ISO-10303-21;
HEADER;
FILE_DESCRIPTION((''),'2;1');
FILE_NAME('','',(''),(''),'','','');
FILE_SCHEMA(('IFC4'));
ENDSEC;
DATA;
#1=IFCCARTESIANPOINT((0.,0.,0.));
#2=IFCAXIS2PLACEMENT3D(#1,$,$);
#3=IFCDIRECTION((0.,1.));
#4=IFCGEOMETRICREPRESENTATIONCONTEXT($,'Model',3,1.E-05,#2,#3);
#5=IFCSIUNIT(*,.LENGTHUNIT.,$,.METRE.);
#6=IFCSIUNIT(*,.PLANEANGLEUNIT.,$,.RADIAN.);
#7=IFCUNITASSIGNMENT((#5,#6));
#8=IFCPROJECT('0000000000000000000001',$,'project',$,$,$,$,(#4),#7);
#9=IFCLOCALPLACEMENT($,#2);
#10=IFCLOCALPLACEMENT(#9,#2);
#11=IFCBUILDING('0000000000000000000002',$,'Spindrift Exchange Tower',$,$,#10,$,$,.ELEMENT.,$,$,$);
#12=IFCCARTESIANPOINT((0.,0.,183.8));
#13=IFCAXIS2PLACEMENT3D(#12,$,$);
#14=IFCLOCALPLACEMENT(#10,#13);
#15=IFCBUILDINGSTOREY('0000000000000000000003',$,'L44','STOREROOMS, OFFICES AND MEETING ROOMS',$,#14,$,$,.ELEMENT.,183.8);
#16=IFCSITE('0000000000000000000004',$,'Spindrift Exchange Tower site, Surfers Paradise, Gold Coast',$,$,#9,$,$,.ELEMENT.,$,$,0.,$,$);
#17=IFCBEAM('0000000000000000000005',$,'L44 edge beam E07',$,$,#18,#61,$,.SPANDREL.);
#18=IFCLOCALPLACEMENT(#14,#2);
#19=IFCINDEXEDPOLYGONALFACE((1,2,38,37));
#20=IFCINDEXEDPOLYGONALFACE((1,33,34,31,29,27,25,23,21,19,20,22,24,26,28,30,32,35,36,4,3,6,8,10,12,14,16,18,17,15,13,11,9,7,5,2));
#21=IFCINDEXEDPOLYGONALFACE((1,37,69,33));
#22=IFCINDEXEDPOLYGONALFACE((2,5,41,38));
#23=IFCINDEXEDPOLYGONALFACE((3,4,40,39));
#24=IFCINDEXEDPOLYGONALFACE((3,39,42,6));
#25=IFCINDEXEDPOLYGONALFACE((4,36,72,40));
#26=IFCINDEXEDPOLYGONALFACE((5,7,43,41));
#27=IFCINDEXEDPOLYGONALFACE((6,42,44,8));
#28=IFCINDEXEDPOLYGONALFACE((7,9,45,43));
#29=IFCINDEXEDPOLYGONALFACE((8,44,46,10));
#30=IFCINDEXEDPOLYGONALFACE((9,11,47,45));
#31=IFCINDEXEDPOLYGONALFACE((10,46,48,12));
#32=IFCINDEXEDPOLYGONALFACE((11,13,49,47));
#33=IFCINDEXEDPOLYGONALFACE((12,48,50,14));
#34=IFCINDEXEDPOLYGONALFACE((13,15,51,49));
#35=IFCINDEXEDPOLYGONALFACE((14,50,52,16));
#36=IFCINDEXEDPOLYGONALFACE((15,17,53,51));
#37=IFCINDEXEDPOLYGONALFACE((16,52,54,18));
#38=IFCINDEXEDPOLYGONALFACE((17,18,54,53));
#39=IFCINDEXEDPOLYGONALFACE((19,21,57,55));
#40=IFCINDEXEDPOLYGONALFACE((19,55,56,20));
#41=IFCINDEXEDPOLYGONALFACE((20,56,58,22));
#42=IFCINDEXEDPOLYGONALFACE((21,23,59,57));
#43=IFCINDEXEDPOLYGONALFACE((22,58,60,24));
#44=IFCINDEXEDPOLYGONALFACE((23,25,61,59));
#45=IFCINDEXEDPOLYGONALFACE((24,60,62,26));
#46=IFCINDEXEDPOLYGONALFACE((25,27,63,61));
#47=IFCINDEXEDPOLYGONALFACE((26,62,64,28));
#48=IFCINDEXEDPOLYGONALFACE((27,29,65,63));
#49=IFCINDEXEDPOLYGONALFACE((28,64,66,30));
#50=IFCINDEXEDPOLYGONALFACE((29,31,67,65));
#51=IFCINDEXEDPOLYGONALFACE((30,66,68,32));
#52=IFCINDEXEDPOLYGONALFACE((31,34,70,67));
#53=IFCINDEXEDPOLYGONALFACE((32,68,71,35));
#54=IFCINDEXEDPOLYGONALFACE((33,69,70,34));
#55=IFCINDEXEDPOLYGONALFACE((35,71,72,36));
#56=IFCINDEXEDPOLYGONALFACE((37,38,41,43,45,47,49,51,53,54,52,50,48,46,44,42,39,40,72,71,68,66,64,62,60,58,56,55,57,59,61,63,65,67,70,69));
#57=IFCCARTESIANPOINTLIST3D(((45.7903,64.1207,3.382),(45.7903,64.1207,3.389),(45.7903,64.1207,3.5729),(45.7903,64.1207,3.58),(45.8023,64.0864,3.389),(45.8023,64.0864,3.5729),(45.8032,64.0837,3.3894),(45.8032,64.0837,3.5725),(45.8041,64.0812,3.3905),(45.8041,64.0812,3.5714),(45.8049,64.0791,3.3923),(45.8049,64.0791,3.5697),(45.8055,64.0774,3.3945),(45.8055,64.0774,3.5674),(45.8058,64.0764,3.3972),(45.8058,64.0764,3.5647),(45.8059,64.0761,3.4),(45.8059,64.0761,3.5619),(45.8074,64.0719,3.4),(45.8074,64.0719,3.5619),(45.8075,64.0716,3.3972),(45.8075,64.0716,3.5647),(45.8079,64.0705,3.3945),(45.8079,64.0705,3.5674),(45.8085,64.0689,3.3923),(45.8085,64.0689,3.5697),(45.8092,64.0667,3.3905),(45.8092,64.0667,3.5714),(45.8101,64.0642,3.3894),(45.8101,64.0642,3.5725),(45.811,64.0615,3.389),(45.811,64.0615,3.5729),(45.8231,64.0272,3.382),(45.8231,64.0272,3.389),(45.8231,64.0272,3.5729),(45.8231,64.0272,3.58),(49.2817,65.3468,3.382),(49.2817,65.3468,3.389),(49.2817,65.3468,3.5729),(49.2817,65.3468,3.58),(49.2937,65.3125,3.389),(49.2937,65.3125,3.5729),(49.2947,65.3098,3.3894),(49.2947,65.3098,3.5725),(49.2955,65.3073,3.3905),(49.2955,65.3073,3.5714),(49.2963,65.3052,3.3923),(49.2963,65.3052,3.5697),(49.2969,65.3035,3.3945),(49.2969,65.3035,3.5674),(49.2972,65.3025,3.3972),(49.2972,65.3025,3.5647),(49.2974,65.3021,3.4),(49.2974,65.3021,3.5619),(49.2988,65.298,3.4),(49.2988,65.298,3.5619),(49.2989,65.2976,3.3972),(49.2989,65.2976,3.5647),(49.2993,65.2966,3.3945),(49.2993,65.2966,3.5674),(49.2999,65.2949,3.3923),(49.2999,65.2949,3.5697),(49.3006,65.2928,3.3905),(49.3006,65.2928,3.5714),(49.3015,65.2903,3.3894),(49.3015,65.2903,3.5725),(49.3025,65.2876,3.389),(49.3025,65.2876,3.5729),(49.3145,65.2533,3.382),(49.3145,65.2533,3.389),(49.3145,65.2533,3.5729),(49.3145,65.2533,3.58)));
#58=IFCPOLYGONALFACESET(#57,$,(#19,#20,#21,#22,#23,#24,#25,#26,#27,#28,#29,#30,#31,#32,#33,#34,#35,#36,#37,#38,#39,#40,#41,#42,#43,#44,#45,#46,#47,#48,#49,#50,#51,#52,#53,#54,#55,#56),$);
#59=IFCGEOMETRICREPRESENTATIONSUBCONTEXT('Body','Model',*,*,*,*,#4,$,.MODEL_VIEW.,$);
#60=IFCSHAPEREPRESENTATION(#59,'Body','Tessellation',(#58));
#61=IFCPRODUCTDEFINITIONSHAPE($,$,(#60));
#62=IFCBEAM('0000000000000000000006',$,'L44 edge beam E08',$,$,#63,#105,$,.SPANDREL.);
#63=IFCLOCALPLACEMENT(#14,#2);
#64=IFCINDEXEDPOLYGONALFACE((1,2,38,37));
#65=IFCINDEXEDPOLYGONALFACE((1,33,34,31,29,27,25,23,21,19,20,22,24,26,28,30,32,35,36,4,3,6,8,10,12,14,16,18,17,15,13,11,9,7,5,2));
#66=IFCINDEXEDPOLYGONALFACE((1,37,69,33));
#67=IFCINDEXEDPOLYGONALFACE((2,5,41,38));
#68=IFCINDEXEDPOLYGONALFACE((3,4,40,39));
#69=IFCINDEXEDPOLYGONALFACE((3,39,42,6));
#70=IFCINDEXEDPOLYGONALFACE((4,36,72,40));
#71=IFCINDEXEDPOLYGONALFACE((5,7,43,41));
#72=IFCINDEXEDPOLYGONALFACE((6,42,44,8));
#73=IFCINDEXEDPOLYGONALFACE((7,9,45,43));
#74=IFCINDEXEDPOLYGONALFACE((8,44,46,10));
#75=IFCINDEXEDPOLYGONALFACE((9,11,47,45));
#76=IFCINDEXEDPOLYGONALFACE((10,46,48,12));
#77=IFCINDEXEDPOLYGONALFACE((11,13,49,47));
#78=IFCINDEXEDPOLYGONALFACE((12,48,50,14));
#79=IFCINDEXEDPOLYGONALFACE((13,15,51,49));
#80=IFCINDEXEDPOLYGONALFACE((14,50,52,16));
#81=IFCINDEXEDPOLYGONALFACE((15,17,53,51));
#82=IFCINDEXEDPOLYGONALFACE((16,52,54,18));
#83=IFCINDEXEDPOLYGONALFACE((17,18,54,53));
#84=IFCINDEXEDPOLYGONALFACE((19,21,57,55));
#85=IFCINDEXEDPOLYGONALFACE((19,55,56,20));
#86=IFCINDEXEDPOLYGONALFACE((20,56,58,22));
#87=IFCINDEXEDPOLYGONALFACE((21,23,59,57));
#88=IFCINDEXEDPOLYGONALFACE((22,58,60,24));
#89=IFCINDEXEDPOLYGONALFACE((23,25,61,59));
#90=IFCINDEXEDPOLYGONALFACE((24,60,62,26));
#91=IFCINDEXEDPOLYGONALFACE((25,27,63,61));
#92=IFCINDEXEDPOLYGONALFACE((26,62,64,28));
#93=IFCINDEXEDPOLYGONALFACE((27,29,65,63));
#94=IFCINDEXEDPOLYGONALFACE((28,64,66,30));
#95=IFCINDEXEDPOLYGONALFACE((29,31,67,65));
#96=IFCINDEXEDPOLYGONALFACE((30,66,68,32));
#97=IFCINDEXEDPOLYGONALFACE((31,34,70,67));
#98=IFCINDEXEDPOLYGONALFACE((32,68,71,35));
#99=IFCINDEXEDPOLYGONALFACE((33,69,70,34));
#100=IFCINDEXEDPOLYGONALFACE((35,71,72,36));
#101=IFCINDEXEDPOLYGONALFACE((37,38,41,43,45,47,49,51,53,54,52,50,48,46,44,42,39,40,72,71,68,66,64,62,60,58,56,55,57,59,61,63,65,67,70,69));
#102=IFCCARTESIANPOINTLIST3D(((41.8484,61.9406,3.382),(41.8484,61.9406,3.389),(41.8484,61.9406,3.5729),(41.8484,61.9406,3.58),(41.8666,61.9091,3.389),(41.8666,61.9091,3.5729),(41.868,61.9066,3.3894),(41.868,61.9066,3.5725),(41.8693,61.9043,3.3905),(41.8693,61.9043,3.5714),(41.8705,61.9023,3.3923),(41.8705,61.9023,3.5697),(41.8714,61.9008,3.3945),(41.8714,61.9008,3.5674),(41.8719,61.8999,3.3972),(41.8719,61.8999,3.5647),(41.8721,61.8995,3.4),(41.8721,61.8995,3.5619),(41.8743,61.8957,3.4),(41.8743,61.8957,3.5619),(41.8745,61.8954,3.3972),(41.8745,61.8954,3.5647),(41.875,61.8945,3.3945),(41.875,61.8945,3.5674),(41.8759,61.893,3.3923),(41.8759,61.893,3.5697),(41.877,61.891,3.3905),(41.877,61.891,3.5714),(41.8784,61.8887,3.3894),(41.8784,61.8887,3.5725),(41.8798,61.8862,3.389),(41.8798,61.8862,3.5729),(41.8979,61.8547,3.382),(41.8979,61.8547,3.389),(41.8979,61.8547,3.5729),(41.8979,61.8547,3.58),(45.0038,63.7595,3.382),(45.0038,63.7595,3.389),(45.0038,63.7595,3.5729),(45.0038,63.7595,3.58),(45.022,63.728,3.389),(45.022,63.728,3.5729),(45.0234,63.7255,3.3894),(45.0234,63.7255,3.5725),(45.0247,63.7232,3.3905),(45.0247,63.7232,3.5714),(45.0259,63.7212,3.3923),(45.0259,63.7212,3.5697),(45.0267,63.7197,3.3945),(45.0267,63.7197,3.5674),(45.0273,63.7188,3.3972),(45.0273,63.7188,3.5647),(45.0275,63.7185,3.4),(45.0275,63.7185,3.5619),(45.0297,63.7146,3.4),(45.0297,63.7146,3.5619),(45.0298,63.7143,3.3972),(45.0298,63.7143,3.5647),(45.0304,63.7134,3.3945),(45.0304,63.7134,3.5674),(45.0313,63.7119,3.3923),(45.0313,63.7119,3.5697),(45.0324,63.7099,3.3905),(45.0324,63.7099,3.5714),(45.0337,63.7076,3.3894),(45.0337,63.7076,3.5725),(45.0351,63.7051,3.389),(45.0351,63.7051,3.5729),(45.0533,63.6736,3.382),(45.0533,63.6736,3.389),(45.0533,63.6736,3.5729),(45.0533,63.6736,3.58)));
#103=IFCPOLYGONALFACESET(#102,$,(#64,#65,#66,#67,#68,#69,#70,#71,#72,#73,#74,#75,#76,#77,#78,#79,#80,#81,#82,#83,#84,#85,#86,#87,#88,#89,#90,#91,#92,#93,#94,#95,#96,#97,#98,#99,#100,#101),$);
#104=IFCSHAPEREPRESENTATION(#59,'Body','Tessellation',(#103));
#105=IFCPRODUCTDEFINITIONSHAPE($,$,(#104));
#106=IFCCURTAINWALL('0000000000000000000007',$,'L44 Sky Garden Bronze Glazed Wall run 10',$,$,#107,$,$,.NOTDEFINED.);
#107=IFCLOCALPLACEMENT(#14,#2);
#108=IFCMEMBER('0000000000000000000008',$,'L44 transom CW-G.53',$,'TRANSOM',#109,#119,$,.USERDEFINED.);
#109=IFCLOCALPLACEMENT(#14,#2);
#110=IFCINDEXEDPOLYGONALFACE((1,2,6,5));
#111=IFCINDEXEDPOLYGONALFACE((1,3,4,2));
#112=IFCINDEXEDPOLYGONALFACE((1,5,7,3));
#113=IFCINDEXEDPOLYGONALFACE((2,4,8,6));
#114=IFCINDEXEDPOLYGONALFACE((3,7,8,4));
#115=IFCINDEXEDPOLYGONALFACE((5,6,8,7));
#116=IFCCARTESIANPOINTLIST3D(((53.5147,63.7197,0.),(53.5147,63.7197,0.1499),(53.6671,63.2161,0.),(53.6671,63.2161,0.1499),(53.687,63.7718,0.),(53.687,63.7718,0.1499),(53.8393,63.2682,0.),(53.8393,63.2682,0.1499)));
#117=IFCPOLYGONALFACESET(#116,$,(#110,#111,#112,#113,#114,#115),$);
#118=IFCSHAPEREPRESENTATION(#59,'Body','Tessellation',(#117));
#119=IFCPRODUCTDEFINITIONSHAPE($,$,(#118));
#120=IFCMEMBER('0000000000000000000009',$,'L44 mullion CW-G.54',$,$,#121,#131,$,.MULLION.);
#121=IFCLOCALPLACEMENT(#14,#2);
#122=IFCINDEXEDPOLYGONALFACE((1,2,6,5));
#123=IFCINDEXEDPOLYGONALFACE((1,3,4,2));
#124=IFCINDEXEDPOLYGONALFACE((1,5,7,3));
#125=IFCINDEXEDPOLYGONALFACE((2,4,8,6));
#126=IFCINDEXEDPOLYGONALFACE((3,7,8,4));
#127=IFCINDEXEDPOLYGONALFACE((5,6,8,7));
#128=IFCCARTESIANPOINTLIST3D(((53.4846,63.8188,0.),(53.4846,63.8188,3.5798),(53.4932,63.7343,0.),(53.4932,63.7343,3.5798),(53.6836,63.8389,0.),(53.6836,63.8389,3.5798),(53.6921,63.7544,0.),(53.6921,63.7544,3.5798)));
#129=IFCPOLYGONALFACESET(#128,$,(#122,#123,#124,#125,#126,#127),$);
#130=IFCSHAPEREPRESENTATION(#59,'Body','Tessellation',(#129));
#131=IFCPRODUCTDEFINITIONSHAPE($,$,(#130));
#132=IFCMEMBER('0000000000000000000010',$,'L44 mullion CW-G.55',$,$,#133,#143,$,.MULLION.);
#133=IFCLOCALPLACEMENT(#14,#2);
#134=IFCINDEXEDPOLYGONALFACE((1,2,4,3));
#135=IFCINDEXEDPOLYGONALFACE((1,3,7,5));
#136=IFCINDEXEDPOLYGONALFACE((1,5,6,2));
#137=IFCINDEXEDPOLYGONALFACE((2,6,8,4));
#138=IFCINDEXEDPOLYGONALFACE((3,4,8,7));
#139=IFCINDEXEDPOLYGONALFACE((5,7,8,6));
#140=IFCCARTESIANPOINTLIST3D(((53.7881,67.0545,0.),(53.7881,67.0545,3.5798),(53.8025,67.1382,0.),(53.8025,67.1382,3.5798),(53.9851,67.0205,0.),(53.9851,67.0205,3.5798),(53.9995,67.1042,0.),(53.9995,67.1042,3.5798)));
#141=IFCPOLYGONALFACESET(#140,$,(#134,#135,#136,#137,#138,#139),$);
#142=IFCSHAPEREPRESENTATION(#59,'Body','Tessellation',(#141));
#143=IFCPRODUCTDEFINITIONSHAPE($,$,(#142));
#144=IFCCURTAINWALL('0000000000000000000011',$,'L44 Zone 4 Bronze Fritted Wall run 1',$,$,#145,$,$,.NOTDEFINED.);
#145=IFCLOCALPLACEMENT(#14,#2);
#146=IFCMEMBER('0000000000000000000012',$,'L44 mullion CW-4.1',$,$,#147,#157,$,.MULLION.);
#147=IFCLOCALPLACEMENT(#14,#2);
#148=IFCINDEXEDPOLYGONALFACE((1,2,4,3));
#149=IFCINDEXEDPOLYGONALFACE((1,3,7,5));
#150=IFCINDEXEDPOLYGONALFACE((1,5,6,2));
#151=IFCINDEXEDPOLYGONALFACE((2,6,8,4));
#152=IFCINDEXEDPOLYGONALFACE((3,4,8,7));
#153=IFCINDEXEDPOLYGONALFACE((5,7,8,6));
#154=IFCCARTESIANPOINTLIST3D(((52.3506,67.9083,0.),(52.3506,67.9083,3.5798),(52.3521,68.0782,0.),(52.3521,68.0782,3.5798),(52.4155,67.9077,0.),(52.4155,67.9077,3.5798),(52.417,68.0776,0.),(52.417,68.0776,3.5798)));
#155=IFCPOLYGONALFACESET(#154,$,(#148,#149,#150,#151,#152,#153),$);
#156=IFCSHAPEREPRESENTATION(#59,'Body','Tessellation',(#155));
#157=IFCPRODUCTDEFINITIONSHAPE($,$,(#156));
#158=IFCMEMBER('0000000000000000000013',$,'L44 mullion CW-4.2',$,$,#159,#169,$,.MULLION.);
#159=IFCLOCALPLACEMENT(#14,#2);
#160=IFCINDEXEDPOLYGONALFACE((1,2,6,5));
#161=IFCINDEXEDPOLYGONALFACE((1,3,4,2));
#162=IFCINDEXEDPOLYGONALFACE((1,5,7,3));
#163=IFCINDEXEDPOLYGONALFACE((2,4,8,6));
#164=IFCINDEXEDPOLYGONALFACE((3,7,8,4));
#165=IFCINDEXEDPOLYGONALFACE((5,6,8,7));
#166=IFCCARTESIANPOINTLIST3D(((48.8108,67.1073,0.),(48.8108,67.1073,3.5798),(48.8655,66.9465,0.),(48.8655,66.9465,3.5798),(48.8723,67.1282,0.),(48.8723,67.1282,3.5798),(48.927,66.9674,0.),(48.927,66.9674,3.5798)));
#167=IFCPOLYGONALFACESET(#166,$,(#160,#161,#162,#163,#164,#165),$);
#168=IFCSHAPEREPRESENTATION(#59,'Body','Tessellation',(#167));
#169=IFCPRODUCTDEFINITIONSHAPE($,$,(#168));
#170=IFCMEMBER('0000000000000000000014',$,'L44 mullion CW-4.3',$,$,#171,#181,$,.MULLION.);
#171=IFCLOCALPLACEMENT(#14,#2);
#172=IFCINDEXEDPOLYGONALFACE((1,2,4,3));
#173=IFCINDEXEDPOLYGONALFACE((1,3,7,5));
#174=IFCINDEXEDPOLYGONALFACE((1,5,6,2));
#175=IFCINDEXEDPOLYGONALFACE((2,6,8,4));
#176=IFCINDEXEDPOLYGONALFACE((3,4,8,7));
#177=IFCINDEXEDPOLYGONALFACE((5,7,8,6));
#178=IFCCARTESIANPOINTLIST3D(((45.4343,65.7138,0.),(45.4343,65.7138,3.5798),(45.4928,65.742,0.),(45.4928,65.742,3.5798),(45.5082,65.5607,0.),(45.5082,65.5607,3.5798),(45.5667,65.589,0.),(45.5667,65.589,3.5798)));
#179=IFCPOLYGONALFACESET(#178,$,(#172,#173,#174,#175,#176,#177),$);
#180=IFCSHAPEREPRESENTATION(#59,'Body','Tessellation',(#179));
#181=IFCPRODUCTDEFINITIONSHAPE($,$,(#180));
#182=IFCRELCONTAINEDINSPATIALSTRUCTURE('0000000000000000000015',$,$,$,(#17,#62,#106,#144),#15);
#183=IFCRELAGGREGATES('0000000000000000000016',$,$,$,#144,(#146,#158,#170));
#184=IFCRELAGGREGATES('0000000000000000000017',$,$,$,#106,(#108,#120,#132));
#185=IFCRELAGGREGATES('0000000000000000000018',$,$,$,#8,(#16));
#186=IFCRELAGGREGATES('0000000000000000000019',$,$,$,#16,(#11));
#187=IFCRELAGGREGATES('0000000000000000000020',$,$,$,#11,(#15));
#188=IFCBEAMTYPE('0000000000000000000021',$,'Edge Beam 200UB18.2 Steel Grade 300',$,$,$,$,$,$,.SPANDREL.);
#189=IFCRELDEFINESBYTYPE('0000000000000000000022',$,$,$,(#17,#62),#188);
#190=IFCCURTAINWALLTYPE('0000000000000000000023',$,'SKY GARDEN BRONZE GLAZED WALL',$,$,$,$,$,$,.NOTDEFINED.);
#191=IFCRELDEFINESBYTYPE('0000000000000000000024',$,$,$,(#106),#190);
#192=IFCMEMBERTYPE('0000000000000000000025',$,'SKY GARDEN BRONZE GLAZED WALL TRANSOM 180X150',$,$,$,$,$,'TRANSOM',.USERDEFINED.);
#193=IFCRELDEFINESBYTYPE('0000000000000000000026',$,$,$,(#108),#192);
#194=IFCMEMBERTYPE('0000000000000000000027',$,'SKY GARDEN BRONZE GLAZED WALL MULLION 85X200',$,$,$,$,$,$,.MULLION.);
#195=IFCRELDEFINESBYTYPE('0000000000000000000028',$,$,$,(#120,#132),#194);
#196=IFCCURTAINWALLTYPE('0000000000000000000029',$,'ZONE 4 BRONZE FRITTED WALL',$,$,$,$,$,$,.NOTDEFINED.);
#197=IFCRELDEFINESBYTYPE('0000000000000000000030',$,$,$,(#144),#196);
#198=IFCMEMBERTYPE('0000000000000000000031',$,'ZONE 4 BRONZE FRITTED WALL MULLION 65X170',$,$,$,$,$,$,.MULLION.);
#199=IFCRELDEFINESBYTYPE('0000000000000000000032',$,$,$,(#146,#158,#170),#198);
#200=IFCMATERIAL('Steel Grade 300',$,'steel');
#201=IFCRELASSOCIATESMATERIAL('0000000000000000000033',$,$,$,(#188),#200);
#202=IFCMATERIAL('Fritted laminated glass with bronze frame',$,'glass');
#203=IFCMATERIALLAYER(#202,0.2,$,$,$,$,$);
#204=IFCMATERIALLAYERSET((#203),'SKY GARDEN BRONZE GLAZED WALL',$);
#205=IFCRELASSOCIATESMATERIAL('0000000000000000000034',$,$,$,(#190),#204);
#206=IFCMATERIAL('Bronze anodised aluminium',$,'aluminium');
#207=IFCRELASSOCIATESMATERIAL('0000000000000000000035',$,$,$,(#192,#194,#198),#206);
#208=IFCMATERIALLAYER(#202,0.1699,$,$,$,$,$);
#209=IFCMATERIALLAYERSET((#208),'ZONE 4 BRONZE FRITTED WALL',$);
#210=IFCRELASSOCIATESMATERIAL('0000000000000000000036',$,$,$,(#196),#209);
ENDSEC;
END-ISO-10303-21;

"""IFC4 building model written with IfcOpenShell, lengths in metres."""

from ifc_helpers import new_model, si_unit, direction, frame, origin, origin_2d, place, context, subcontext, project, spatial, rectangle, i_section, extrude, source, transform, mapped, material, layer, layer_set, material_profile, profile_set, type_object, element, aggregate, save


model = new_model("IFC4")

# Units and contexts
model_context = context("Model", 3, precision=1e-05, world=origin(), true_north=direction((0.0, 1.0)))
body_context = subcontext(model_context, "Body", "Model", "MODEL_VIEW")
ifc_project = project(units=[si_unit("LENGTHUNIT", "METRE"), si_unit("PLANEANGLEUNIT", "RADIAN")], contexts=[model_context])

# Site, building, storey
site_placement = place(None, origin())
site = spatial("IfcSite", under=ifc_project, at=site_placement, Name="Spindrift Exchange Tower site, Surfers Paradise, Gold Coast", CompositionType="ELEMENT", RefElevation=0.0)
building_placement = place(site_placement, origin())
building = spatial("IfcBuilding", under=site, at=building_placement, Name="Spindrift Exchange Tower", CompositionType="ELEMENT")
storey_placement = place(building_placement, frame((0.0, 0.0, 183.8)))
storey = spatial("IfcBuildingStorey", under=building, at=storey_placement, Name="L44", Description="STOREROOMS, OFFICES AND MEETING ROOMS", CompositionType="ELEMENT", Elevation=183.8)

# Beams
ifc_material_1 = material(Name="Steel Grade 300", Category="steel")
ifc_material_profile_1 = material_profile(ifc_material_1, i_section(OverallWidth=0.0991, OverallDepth=0.198, WebThickness=0.0044, FlangeThickness=0.0071, FilletRadius=0.011, at=origin_2d()), Name="200UB18.2")
ifc_profile_set_1 = profile_set([ifc_material_profile_1], Name="Steel Grade 300")
beam_type_1 = type_object("IfcBeamType", Name="Edge Beam 200UB18.2 Steel Grade 300", PredefinedType="SPANDREL", material=ifc_profile_set_1)
shared_shape_1 = source(origin(), body_context, "Body", "SweptSolid", [
    extrude(i_section(OverallWidth=0.0991, OverallDepth=0.198, WebThickness=0.0044, FlangeThickness=0.0071, FilletRadius=0.011, at=origin_2d()), origin(), (0.0, 0.0, 1.0), 3.7004),
])
beam_1_placement = place(storey_placement, frame((49.2981, 65.3, 3.481), z_axis=(-0.943515, -0.331329, 0.0), x_axis=(0.331329, -0.943515, 0.0)))
element("IfcBeam", 1, at=beam_1_placement, inside=storey, type_object=beam_type_1, Name="L44 edge beam E07", PredefinedType="SPANDREL", context=body_context, shape_type="MappedRepresentation", body=[
    mapped(shared_shape_1, transform((0.0, 0.0, 0.0), scale=1.0)),
])
shared_shape_2 = source(origin(), body_context, "Body", "SweptSolid", [
    extrude(i_section(OverallWidth=0.0991, OverallDepth=0.198, WebThickness=0.0044, FlangeThickness=0.0071, FilletRadius=0.011, at=origin_2d()), origin(), (0.0, 0.0, 1.0), 3.6421),
])
beam_2_placement = place(storey_placement, frame((45.0286, 63.7166, 3.481), z_axis=(-0.866364, -0.499413, 0.0), x_axis=(0.499413, -0.866364, 0.0)))
element("IfcBeam", 2, at=beam_2_placement, inside=storey, type_object=beam_type_1, Name="L44 edge beam E08", PredefinedType="SPANDREL", context=body_context, shape_type="MappedRepresentation", body=[
    mapped(shared_shape_2, transform((0.0, 0.0, 0.0), scale=1.0)),
])

# Curtain walls, members
ifc_material_2 = material(Name="Fritted laminated glass with bronze frame", Category="glass")
ifc_layer_1 = layer(ifc_material_2, 0.2)
ifc_layer_set_1 = layer_set([ifc_layer_1], Name="SKY GARDEN BRONZE GLAZED WALL")
curtain_wall_type_1 = type_object("IfcCurtainWallType", Name="SKY GARDEN BRONZE GLAZED WALL", PredefinedType="NOTDEFINED", material=ifc_layer_set_1)
curtain_wall_1_placement = place(storey_placement, origin())
curtain_wall_1 = element("IfcCurtainWall", 3, at=curtain_wall_1_placement, inside=storey, type_object=curtain_wall_type_1, Name="L44 Sky Garden Bronze Glazed Wall run 10", PredefinedType="NOTDEFINED")
ifc_material_3 = material(Name="Bronze anodised aluminium", Category="aluminium")
ifc_material_profile_2 = material_profile(ifc_material_3, rectangle(XDim=0.1799, YDim=0.1499, at=origin_2d()), Name="SKY GARDEN BRONZE GLAZED WALL TRANSOM 180X150")
ifc_profile_set_2 = profile_set([ifc_material_profile_2], Name="Bronze anodised aluminium")
member_type_1 = type_object("IfcMemberType", Name="SKY GARDEN BRONZE GLAZED WALL TRANSOM 180X150", ElementType="TRANSOM", PredefinedType="USERDEFINED", material=ifc_profile_set_2)
shared_shape_3 = source(origin(), body_context, "Body", "SweptSolid", [
    extrude(rectangle(XDim=0.1799, YDim=0.1499, at=origin_2d()), origin(), (0.0, 0.0, 1.0), 0.5261),
])
member_1_placement = place(storey_placement, frame((53.7532, 63.2422, 0.075), z_axis=(-0.289518, 0.957173, 0.0), x_axis=(-0.957173, -0.289518, 0.0)))
member_1 = element("IfcMember", 4, at=member_1_placement, type_object=member_type_1, Name="L44 transom CW-G.53", ObjectType="TRANSOM", PredefinedType="USERDEFINED", context=body_context, shape_type="MappedRepresentation", body=[
    mapped(shared_shape_3, transform((0.0, 0.0, 0.0), scale=1.0)),
])
ifc_material_profile_3 = material_profile(ifc_material_3, rectangle(XDim=0.085, YDim=0.2, at=origin_2d()), Name="SKY GARDEN BRONZE GLAZED WALL MULLION 85X200")
ifc_profile_set_3 = profile_set([ifc_material_profile_3], Name="Bronze anodised aluminium")
member_type_2 = type_object("IfcMemberType", Name="SKY GARDEN BRONZE GLAZED WALL MULLION 85X200", PredefinedType="MULLION", material=ifc_profile_set_3)
shared_shape_4 = source(origin(), body_context, "Body", "SweptSolid", [
    extrude(rectangle(XDim=0.085, YDim=0.2, at=origin_2d()), origin(), (0.0, 0.0, 1.0), 3.5798),
])
member_2_placement = place(storey_placement, frame((53.5884, 63.7866, 0.0), z_axis=(0.0, 0.0, 1.0), x_axis=(-0.100491, 0.994938, 0.0)))
member_2 = element("IfcMember", 5, at=member_2_placement, type_object=member_type_2, Name="L44 mullion CW-G.54", PredefinedType="MULLION", context=body_context, shape_type="MappedRepresentation", body=[
    mapped(shared_shape_4, transform((0.0, 0.0, 0.0), scale=1.0)),
])
member_3_placement = place(storey_placement, frame((53.8938, 67.0793, 0.0), z_axis=(0.0, 0.0, 1.0), x_axis=(0.169877, 0.985465, 0.0)))
member_3 = element("IfcMember", 6, at=member_3_placement, type_object=member_type_2, Name="L44 mullion CW-G.55", PredefinedType="MULLION", context=body_context, shape_type="MappedRepresentation", body=[
    mapped(shared_shape_4, transform((0.0, 0.0, 0.0), scale=1.0)),
])
ifc_layer_2 = layer(ifc_material_2, 0.1699)
ifc_layer_set_2 = layer_set([ifc_layer_2], Name="ZONE 4 BRONZE FRITTED WALL")
curtain_wall_type_2 = type_object("IfcCurtainWallType", Name="ZONE 4 BRONZE FRITTED WALL", PredefinedType="NOTDEFINED", material=ifc_layer_set_2)
curtain_wall_2_placement = place(storey_placement, origin())
curtain_wall_2 = element("IfcCurtainWall", 7, at=curtain_wall_2_placement, inside=storey, type_object=curtain_wall_type_2, Name="L44 Zone 4 Bronze Fritted Wall run 1", PredefinedType="NOTDEFINED")
ifc_material_profile_4 = material_profile(ifc_material_3, rectangle(XDim=0.0649, YDim=0.1699, at=origin_2d()), Name="ZONE 4 BRONZE FRITTED WALL MULLION 65X170")
ifc_profile_set_4 = profile_set([ifc_material_profile_4], Name="Bronze anodised aluminium")
member_type_3 = type_object("IfcMemberType", Name="ZONE 4 BRONZE FRITTED WALL MULLION 65X170", PredefinedType="MULLION", material=ifc_profile_set_4)
shared_shape_5 = source(origin(), body_context, "Body", "SweptSolid", [
    extrude(rectangle(XDim=0.0649, YDim=0.1699, at=origin_2d()), origin(), (0.0, 0.0, 1.0), 3.5798),
])
member_4_placement = place(storey_placement, frame((52.3838, 67.9929, 0.0), z_axis=(0.0, 0.0, 1.0), x_axis=(-0.999959, 0.00904, 0.0)))
member_4 = element("IfcMember", 8, at=member_4_placement, type_object=member_type_3, Name="L44 mullion CW-4.1", PredefinedType="MULLION", context=body_context, shape_type="MappedRepresentation", body=[
    mapped(shared_shape_5, transform((0.0, 0.0, 0.0), scale=1.0)),
])
member_5_placement = place(storey_placement, frame((48.8689, 67.0374, 0.0), z_axis=(0.0, 0.0, 1.0), x_axis=(-0.946721, -0.322054, 0.0)))
member_5 = element("IfcMember", 9, at=member_5_placement, type_object=member_type_3, Name="L44 mullion CW-4.2", PredefinedType="MULLION", context=body_context, shape_type="MappedRepresentation", body=[
    mapped(shared_shape_5, transform((0.0, 0.0, 0.0), scale=1.0)),
])
member_6_placement = place(storey_placement, frame((45.5005, 65.6514, 0.0), z_axis=(0.0, 0.0, 1.0), x_axis=(-0.900549, -0.434755, 0.0)))
member_6 = element("IfcMember", 10, at=member_6_placement, type_object=member_type_3, Name="L44 mullion CW-4.3", PredefinedType="MULLION", context=body_context, shape_type="MappedRepresentation", body=[
    mapped(shared_shape_5, transform((0.0, 0.0, 0.0), scale=1.0)),
])

aggregate(curtain_wall_2, [member_4, member_5, member_6])
aggregate(curtain_wall_1, [member_1, member_2, member_3])

save(model, "model.ifc")
